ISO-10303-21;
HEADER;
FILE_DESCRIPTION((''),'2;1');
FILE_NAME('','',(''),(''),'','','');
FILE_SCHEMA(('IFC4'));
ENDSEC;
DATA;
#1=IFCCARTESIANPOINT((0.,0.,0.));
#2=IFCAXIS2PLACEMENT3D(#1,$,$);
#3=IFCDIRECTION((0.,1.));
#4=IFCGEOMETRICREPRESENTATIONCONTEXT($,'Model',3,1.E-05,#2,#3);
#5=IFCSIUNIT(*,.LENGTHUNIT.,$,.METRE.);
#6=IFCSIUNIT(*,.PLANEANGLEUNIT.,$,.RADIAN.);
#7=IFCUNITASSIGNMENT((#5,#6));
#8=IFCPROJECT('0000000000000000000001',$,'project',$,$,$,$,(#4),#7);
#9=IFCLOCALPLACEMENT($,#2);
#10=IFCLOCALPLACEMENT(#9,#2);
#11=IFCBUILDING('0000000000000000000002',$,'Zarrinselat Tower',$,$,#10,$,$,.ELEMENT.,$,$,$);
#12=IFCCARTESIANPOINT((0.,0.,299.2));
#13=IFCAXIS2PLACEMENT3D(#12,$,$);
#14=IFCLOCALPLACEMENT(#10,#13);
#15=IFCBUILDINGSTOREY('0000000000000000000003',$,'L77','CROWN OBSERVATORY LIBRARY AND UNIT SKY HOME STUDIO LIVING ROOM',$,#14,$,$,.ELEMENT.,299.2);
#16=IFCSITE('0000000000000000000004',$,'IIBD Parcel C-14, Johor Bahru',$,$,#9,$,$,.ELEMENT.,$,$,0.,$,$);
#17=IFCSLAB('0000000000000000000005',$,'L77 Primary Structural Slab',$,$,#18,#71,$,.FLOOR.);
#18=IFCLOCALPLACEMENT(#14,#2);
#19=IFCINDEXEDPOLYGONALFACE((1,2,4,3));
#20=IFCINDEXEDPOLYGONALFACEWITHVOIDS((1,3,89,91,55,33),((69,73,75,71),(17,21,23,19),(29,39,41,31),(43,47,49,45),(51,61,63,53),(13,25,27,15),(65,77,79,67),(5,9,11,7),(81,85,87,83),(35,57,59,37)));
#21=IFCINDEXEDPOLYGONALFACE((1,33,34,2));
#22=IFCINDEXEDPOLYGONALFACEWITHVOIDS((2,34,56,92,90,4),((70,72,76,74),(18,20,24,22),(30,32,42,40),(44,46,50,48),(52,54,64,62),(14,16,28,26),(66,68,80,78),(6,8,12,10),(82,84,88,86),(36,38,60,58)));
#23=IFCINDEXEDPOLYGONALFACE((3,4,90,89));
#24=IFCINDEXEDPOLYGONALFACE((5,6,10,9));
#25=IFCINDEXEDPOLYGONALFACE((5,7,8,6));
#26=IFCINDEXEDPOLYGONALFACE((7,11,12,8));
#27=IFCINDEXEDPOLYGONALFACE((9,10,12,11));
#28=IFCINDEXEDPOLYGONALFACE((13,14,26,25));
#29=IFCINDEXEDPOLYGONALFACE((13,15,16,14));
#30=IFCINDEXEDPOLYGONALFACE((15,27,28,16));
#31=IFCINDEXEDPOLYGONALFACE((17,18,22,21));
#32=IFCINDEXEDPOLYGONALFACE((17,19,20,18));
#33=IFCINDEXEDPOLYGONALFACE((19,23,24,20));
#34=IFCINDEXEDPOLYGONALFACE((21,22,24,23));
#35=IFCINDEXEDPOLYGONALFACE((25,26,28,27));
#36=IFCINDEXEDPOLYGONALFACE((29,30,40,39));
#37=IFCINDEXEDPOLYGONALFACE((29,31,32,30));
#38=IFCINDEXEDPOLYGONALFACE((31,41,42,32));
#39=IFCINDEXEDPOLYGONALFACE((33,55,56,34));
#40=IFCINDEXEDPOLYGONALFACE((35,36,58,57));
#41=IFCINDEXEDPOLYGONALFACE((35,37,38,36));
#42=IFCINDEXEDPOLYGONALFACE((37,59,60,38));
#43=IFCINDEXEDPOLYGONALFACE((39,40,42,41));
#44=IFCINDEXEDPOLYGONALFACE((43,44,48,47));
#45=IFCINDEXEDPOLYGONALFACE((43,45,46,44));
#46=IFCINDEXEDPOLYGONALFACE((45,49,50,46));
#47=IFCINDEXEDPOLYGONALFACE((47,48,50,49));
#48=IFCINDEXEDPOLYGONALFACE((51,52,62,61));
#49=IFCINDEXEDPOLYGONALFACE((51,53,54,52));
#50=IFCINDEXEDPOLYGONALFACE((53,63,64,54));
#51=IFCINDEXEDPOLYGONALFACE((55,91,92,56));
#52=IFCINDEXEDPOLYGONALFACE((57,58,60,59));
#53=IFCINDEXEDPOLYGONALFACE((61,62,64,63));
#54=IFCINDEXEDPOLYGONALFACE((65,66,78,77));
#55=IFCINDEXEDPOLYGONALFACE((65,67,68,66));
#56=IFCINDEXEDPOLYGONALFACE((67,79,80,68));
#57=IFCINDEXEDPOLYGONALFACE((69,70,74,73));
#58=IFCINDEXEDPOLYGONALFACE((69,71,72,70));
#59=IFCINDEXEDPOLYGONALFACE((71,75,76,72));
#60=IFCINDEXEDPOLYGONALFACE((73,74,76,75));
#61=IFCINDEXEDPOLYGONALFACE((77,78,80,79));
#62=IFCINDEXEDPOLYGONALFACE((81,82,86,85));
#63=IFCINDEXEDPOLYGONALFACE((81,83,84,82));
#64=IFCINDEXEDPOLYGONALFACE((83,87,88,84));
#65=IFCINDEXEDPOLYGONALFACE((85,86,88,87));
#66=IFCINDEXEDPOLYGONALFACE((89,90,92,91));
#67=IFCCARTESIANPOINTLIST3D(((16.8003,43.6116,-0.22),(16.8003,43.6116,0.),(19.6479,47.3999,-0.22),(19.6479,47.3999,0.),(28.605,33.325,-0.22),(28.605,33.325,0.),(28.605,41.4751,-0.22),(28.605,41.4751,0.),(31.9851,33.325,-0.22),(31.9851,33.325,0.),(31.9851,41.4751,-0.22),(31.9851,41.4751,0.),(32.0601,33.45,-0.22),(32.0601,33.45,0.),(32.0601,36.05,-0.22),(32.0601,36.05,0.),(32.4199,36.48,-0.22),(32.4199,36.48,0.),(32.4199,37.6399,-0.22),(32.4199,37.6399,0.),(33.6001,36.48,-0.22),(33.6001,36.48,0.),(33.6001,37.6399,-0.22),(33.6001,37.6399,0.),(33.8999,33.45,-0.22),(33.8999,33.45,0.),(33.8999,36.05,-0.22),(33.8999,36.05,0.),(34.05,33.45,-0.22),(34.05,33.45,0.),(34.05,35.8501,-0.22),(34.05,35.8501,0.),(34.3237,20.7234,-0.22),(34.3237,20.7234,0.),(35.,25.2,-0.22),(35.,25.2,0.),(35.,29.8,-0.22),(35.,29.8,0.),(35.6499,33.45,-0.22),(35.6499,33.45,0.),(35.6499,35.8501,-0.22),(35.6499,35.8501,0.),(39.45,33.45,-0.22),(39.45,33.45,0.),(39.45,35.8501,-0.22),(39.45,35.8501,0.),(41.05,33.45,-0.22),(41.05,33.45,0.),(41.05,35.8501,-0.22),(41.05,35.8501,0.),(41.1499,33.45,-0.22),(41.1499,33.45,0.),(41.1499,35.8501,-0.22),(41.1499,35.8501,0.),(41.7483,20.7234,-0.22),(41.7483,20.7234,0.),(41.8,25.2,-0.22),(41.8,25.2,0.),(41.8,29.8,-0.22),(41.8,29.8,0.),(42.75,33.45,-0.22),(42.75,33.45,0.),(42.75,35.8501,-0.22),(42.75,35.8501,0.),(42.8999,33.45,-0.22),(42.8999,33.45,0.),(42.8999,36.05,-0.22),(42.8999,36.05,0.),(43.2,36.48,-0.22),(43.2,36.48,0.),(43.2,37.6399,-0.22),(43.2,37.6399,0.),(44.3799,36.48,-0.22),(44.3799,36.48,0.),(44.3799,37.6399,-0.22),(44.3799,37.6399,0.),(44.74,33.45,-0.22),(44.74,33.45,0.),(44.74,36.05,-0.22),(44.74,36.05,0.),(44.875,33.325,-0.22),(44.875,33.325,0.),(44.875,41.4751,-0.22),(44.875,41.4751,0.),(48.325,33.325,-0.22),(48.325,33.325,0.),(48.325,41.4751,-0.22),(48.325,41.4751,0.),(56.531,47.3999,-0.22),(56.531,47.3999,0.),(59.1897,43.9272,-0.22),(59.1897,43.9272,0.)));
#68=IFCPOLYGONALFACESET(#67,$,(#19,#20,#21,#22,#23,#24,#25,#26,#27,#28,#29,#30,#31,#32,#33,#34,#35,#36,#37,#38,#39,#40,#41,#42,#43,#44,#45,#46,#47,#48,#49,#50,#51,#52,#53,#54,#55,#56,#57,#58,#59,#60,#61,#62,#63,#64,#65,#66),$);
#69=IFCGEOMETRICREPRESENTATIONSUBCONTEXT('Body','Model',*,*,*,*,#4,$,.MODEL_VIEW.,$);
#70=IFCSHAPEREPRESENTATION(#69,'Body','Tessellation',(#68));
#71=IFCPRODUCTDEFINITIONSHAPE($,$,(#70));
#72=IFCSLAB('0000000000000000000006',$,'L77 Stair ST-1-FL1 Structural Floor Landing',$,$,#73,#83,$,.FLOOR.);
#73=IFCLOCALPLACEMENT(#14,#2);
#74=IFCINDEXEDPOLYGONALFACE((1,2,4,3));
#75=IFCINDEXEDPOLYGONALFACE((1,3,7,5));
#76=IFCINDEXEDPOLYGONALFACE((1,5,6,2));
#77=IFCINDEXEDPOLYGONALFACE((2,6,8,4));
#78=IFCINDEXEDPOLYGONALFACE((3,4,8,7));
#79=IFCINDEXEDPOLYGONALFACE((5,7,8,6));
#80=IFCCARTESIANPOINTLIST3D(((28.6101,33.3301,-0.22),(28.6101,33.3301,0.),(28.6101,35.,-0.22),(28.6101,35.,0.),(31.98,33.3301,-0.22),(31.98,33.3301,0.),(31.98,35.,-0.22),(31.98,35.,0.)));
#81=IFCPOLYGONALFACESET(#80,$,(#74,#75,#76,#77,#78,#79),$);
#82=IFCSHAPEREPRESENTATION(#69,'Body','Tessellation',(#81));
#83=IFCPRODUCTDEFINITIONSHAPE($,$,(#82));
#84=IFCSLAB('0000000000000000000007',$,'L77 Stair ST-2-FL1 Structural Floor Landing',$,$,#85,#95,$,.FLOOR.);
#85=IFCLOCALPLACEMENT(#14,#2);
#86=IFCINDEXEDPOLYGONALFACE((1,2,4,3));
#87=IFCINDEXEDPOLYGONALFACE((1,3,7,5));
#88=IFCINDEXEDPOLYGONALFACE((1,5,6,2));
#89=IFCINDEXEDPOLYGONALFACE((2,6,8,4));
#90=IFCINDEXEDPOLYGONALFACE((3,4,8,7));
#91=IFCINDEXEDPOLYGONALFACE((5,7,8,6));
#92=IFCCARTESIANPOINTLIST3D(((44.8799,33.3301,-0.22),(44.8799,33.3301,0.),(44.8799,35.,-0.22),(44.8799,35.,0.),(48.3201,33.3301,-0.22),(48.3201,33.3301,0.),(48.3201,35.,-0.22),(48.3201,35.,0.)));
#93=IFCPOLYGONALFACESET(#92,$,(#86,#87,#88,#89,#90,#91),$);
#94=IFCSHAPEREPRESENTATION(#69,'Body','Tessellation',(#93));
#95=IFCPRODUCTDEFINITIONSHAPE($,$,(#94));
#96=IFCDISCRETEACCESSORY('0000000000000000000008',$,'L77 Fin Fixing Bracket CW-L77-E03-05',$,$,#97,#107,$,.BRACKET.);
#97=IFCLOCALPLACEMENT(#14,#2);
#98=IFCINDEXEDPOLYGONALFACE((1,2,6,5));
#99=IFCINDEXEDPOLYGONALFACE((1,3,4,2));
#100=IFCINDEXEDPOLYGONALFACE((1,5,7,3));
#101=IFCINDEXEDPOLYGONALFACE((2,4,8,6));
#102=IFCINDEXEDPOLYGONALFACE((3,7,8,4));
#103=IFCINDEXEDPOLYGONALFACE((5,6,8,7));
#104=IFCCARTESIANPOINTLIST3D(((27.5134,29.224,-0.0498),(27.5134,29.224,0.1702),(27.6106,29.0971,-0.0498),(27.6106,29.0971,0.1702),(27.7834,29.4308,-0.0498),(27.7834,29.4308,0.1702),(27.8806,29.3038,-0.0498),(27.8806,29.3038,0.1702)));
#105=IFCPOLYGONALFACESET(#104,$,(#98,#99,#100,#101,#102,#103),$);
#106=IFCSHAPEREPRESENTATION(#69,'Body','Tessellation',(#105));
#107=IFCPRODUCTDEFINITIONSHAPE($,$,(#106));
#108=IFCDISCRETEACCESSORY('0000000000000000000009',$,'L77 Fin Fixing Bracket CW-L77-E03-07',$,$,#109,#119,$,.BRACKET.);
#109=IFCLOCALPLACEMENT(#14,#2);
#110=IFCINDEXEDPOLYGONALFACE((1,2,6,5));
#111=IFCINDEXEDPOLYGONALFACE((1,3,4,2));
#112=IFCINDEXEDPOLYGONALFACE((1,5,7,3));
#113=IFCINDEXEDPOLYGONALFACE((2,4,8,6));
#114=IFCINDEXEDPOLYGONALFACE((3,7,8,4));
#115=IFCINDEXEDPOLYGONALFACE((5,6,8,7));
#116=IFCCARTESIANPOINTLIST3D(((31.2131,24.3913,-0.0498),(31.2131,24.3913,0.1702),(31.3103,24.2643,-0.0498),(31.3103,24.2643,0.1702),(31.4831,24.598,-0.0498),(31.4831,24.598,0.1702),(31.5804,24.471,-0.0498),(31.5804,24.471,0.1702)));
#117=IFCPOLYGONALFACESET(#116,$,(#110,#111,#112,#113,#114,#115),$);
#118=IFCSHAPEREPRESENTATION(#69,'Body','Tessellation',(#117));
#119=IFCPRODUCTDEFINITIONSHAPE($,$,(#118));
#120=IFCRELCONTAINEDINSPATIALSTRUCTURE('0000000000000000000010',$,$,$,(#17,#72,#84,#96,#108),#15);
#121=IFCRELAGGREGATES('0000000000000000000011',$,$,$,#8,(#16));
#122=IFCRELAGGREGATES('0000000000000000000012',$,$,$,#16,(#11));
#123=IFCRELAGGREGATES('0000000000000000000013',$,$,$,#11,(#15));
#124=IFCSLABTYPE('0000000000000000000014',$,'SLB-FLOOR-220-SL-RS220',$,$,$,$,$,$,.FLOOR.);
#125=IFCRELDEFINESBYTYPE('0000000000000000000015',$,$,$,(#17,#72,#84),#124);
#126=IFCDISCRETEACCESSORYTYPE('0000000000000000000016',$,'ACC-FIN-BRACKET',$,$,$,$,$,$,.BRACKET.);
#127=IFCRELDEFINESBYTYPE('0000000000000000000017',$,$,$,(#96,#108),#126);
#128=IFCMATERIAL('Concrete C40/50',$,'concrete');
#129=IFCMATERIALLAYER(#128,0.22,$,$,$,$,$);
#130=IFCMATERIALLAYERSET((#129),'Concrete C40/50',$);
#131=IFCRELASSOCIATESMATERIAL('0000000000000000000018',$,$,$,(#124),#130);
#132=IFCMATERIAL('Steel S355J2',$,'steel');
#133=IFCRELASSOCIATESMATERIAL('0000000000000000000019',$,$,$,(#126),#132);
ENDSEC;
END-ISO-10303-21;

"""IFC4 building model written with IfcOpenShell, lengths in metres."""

from ifc_helpers import new_model, si_unit, direction, frame, origin, origin_2d, place, context, subcontext, project, spatial, polyline, rectangle, outline, extrude, material, layer, layer_set, type_object, element, save


model = new_model("IFC4")

# Units and contexts
model_context = context("Model", 3, precision=1e-05, world=origin(), true_north=direction((0.0, 1.0)))
body_context = subcontext(model_context, "Body", "Model", "MODEL_VIEW")
ifc_project = project(units=[si_unit("LENGTHUNIT", "METRE"), si_unit("PLANEANGLEUNIT", "RADIAN")], contexts=[model_context])

# Site, building, storey
site_placement = place(None, origin())
site = spatial("IfcSite", under=ifc_project, at=site_placement, Name="IIBD Parcel C-14, Johor Bahru", CompositionType="ELEMENT", RefElevation=0.0)
building_placement = place(site_placement, origin())
building = spatial("IfcBuilding", under=site, at=building_placement, Name="Zarrinselat Tower", CompositionType="ELEMENT")
storey_placement = place(building_placement, frame((0.0, 0.0, 299.2)))
storey = spatial("IfcBuildingStorey", under=building, at=storey_placement, Name="L77", Description="CROWN OBSERVATORY LIBRARY AND UNIT SKY HOME STUDIO LIVING ROOM", CompositionType="ELEMENT", Elevation=299.2)

# Slabs
ifc_material_1 = material(Name="Concrete C40/50", Category="concrete")
ifc_layer_1 = layer(ifc_material_1, 0.22)
ifc_layer_set_1 = layer_set([ifc_layer_1], Name="Concrete C40/50")
slab_type = type_object("IfcSlabType", Name="SLB-FLOOR-220-SL-RS220", PredefinedType="FLOOR", material=ifc_layer_set_1)
slab_1_placement = place(storey_placement, frame((0.0, 0.0, -0.22)))
element("IfcSlab", 1, at=slab_1_placement, inside=storey, type_object=slab_type, Name="L77 Primary Structural Slab", PredefinedType="FLOOR", context=body_context, shape_type="SweptSolid", body=[
    extrude(outline(polyline([(56.531, 47.3999), (19.6479, 47.3999), (16.8003, 43.6116), (34.3237, 20.7234), (41.7483, 20.7234), (59.1897, 43.9272), (56.531, 47.3999)]), holes=[polyline([(41.8, 25.2), (35.0, 25.2), (35.0, 29.8), (41.8, 29.8), (41.8, 25.2)]), polyline([(35.6499, 33.45), (34.05, 33.45), (34.05, 35.8501), (35.6499, 35.8501), (35.6499, 33.45)]), polyline([(41.05, 33.45), (39.45, 33.45), (39.45, 35.8501), (41.05, 35.8501), (41.05, 33.45)]), polyline([(41.1499, 33.45), (41.1499, 35.8501), (42.75, 35.8501), (42.75, 33.45), (41.1499, 33.45)]), polyline([(32.0601, 33.45), (32.0601, 36.05), (33.8999, 36.05), (33.8999, 33.45), (32.0601, 33.45)]), polyline([(44.74, 33.45), (42.8999, 33.45), (42.8999, 36.05), (44.74, 36.05), (44.74, 33.45)]), polyline([(33.6001, 36.48), (32.4199, 36.48), (32.4199, 37.6399), (33.6001, 37.6399), (33.6001, 36.48)]), polyline([(44.3799, 36.48), (43.2, 36.48), (43.2, 37.6399), (44.3799, 37.6399), (44.3799, 36.48)]), polyline([(31.9851, 33.325), (28.605, 33.325), (28.605, 41.4751), (31.9851, 41.4751), (31.9851, 33.325)]), polyline([(48.325, 33.325), (44.875, 33.325), (44.875, 41.4751), (48.325, 41.4751), (48.325, 33.325)])]), origin(), (0.0, 0.0, 1.0), 0.22),
])
slab_2_placement = place(storey_placement, frame((0.0, 0.0, -0.22)))
element("IfcSlab", 2, at=slab_2_placement, inside=storey, type_object=slab_type, Name="L77 Stair ST-1-FL1 Structural Floor Landing", PredefinedType="FLOOR", context=body_context, shape_type="SweptSolid", body=[
    extrude(outline(polyline([(31.98, 33.3301), (31.98, 35.0), (28.6101, 35.0), (28.6101, 33.3301), (31.98, 33.3301)])), origin(), (0.0, 0.0, 1.0), 0.22),
])
slab_3_placement = place(storey_placement, frame((0.0, 0.0, -0.22)))
element("IfcSlab", 3, at=slab_3_placement, inside=storey, type_object=slab_type, Name="L77 Stair ST-2-FL1 Structural Floor Landing", PredefinedType="FLOOR", context=body_context, shape_type="SweptSolid", body=[
    extrude(outline(polyline([(48.3201, 33.3301), (48.3201, 35.0), (44.8799, 35.0), (44.8799, 33.3301), (48.3201, 33.3301)])), origin(), (0.0, 0.0, 1.0), 0.22),
])

# Discrete accessories
ifc_material_2 = material(Name="Steel S355J2", Category="steel")
discrete_accessory_type = type_object("IfcDiscreteAccessoryType", Name="ACC-FIN-BRACKET", PredefinedType="BRACKET", material=ifc_material_2)
for number, where, z_axis, x_axis, name in (
    (4, (27.697, 29.2639, -0.0498), (0.0, 0.0, 1.0), (-0.794015, -0.607898, 0.0), "L77 Fin Fixing Bracket CW-L77-E03-05"),
    (5, (31.3967, 24.4312, -0.0498), (0.0, 0.0, 1.0), (-0.794015, -0.607898, 0.0), "L77 Fin Fixing Bracket CW-L77-E03-07"),
):
    element("IfcDiscreteAccessory", number, at=place(storey_placement, frame(where, z_axis=z_axis, x_axis=x_axis)), inside=storey, type_object=discrete_accessory_type, Name=name, PredefinedType="BRACKET", context=body_context, shape_type="SweptSolid", body=[
        extrude(rectangle(XDim=0.3401, YDim=0.1599, at=origin_2d()), origin(), (0.0, 0.0, 1.0), 0.22),
    ])

save(model, "model.ifc")
